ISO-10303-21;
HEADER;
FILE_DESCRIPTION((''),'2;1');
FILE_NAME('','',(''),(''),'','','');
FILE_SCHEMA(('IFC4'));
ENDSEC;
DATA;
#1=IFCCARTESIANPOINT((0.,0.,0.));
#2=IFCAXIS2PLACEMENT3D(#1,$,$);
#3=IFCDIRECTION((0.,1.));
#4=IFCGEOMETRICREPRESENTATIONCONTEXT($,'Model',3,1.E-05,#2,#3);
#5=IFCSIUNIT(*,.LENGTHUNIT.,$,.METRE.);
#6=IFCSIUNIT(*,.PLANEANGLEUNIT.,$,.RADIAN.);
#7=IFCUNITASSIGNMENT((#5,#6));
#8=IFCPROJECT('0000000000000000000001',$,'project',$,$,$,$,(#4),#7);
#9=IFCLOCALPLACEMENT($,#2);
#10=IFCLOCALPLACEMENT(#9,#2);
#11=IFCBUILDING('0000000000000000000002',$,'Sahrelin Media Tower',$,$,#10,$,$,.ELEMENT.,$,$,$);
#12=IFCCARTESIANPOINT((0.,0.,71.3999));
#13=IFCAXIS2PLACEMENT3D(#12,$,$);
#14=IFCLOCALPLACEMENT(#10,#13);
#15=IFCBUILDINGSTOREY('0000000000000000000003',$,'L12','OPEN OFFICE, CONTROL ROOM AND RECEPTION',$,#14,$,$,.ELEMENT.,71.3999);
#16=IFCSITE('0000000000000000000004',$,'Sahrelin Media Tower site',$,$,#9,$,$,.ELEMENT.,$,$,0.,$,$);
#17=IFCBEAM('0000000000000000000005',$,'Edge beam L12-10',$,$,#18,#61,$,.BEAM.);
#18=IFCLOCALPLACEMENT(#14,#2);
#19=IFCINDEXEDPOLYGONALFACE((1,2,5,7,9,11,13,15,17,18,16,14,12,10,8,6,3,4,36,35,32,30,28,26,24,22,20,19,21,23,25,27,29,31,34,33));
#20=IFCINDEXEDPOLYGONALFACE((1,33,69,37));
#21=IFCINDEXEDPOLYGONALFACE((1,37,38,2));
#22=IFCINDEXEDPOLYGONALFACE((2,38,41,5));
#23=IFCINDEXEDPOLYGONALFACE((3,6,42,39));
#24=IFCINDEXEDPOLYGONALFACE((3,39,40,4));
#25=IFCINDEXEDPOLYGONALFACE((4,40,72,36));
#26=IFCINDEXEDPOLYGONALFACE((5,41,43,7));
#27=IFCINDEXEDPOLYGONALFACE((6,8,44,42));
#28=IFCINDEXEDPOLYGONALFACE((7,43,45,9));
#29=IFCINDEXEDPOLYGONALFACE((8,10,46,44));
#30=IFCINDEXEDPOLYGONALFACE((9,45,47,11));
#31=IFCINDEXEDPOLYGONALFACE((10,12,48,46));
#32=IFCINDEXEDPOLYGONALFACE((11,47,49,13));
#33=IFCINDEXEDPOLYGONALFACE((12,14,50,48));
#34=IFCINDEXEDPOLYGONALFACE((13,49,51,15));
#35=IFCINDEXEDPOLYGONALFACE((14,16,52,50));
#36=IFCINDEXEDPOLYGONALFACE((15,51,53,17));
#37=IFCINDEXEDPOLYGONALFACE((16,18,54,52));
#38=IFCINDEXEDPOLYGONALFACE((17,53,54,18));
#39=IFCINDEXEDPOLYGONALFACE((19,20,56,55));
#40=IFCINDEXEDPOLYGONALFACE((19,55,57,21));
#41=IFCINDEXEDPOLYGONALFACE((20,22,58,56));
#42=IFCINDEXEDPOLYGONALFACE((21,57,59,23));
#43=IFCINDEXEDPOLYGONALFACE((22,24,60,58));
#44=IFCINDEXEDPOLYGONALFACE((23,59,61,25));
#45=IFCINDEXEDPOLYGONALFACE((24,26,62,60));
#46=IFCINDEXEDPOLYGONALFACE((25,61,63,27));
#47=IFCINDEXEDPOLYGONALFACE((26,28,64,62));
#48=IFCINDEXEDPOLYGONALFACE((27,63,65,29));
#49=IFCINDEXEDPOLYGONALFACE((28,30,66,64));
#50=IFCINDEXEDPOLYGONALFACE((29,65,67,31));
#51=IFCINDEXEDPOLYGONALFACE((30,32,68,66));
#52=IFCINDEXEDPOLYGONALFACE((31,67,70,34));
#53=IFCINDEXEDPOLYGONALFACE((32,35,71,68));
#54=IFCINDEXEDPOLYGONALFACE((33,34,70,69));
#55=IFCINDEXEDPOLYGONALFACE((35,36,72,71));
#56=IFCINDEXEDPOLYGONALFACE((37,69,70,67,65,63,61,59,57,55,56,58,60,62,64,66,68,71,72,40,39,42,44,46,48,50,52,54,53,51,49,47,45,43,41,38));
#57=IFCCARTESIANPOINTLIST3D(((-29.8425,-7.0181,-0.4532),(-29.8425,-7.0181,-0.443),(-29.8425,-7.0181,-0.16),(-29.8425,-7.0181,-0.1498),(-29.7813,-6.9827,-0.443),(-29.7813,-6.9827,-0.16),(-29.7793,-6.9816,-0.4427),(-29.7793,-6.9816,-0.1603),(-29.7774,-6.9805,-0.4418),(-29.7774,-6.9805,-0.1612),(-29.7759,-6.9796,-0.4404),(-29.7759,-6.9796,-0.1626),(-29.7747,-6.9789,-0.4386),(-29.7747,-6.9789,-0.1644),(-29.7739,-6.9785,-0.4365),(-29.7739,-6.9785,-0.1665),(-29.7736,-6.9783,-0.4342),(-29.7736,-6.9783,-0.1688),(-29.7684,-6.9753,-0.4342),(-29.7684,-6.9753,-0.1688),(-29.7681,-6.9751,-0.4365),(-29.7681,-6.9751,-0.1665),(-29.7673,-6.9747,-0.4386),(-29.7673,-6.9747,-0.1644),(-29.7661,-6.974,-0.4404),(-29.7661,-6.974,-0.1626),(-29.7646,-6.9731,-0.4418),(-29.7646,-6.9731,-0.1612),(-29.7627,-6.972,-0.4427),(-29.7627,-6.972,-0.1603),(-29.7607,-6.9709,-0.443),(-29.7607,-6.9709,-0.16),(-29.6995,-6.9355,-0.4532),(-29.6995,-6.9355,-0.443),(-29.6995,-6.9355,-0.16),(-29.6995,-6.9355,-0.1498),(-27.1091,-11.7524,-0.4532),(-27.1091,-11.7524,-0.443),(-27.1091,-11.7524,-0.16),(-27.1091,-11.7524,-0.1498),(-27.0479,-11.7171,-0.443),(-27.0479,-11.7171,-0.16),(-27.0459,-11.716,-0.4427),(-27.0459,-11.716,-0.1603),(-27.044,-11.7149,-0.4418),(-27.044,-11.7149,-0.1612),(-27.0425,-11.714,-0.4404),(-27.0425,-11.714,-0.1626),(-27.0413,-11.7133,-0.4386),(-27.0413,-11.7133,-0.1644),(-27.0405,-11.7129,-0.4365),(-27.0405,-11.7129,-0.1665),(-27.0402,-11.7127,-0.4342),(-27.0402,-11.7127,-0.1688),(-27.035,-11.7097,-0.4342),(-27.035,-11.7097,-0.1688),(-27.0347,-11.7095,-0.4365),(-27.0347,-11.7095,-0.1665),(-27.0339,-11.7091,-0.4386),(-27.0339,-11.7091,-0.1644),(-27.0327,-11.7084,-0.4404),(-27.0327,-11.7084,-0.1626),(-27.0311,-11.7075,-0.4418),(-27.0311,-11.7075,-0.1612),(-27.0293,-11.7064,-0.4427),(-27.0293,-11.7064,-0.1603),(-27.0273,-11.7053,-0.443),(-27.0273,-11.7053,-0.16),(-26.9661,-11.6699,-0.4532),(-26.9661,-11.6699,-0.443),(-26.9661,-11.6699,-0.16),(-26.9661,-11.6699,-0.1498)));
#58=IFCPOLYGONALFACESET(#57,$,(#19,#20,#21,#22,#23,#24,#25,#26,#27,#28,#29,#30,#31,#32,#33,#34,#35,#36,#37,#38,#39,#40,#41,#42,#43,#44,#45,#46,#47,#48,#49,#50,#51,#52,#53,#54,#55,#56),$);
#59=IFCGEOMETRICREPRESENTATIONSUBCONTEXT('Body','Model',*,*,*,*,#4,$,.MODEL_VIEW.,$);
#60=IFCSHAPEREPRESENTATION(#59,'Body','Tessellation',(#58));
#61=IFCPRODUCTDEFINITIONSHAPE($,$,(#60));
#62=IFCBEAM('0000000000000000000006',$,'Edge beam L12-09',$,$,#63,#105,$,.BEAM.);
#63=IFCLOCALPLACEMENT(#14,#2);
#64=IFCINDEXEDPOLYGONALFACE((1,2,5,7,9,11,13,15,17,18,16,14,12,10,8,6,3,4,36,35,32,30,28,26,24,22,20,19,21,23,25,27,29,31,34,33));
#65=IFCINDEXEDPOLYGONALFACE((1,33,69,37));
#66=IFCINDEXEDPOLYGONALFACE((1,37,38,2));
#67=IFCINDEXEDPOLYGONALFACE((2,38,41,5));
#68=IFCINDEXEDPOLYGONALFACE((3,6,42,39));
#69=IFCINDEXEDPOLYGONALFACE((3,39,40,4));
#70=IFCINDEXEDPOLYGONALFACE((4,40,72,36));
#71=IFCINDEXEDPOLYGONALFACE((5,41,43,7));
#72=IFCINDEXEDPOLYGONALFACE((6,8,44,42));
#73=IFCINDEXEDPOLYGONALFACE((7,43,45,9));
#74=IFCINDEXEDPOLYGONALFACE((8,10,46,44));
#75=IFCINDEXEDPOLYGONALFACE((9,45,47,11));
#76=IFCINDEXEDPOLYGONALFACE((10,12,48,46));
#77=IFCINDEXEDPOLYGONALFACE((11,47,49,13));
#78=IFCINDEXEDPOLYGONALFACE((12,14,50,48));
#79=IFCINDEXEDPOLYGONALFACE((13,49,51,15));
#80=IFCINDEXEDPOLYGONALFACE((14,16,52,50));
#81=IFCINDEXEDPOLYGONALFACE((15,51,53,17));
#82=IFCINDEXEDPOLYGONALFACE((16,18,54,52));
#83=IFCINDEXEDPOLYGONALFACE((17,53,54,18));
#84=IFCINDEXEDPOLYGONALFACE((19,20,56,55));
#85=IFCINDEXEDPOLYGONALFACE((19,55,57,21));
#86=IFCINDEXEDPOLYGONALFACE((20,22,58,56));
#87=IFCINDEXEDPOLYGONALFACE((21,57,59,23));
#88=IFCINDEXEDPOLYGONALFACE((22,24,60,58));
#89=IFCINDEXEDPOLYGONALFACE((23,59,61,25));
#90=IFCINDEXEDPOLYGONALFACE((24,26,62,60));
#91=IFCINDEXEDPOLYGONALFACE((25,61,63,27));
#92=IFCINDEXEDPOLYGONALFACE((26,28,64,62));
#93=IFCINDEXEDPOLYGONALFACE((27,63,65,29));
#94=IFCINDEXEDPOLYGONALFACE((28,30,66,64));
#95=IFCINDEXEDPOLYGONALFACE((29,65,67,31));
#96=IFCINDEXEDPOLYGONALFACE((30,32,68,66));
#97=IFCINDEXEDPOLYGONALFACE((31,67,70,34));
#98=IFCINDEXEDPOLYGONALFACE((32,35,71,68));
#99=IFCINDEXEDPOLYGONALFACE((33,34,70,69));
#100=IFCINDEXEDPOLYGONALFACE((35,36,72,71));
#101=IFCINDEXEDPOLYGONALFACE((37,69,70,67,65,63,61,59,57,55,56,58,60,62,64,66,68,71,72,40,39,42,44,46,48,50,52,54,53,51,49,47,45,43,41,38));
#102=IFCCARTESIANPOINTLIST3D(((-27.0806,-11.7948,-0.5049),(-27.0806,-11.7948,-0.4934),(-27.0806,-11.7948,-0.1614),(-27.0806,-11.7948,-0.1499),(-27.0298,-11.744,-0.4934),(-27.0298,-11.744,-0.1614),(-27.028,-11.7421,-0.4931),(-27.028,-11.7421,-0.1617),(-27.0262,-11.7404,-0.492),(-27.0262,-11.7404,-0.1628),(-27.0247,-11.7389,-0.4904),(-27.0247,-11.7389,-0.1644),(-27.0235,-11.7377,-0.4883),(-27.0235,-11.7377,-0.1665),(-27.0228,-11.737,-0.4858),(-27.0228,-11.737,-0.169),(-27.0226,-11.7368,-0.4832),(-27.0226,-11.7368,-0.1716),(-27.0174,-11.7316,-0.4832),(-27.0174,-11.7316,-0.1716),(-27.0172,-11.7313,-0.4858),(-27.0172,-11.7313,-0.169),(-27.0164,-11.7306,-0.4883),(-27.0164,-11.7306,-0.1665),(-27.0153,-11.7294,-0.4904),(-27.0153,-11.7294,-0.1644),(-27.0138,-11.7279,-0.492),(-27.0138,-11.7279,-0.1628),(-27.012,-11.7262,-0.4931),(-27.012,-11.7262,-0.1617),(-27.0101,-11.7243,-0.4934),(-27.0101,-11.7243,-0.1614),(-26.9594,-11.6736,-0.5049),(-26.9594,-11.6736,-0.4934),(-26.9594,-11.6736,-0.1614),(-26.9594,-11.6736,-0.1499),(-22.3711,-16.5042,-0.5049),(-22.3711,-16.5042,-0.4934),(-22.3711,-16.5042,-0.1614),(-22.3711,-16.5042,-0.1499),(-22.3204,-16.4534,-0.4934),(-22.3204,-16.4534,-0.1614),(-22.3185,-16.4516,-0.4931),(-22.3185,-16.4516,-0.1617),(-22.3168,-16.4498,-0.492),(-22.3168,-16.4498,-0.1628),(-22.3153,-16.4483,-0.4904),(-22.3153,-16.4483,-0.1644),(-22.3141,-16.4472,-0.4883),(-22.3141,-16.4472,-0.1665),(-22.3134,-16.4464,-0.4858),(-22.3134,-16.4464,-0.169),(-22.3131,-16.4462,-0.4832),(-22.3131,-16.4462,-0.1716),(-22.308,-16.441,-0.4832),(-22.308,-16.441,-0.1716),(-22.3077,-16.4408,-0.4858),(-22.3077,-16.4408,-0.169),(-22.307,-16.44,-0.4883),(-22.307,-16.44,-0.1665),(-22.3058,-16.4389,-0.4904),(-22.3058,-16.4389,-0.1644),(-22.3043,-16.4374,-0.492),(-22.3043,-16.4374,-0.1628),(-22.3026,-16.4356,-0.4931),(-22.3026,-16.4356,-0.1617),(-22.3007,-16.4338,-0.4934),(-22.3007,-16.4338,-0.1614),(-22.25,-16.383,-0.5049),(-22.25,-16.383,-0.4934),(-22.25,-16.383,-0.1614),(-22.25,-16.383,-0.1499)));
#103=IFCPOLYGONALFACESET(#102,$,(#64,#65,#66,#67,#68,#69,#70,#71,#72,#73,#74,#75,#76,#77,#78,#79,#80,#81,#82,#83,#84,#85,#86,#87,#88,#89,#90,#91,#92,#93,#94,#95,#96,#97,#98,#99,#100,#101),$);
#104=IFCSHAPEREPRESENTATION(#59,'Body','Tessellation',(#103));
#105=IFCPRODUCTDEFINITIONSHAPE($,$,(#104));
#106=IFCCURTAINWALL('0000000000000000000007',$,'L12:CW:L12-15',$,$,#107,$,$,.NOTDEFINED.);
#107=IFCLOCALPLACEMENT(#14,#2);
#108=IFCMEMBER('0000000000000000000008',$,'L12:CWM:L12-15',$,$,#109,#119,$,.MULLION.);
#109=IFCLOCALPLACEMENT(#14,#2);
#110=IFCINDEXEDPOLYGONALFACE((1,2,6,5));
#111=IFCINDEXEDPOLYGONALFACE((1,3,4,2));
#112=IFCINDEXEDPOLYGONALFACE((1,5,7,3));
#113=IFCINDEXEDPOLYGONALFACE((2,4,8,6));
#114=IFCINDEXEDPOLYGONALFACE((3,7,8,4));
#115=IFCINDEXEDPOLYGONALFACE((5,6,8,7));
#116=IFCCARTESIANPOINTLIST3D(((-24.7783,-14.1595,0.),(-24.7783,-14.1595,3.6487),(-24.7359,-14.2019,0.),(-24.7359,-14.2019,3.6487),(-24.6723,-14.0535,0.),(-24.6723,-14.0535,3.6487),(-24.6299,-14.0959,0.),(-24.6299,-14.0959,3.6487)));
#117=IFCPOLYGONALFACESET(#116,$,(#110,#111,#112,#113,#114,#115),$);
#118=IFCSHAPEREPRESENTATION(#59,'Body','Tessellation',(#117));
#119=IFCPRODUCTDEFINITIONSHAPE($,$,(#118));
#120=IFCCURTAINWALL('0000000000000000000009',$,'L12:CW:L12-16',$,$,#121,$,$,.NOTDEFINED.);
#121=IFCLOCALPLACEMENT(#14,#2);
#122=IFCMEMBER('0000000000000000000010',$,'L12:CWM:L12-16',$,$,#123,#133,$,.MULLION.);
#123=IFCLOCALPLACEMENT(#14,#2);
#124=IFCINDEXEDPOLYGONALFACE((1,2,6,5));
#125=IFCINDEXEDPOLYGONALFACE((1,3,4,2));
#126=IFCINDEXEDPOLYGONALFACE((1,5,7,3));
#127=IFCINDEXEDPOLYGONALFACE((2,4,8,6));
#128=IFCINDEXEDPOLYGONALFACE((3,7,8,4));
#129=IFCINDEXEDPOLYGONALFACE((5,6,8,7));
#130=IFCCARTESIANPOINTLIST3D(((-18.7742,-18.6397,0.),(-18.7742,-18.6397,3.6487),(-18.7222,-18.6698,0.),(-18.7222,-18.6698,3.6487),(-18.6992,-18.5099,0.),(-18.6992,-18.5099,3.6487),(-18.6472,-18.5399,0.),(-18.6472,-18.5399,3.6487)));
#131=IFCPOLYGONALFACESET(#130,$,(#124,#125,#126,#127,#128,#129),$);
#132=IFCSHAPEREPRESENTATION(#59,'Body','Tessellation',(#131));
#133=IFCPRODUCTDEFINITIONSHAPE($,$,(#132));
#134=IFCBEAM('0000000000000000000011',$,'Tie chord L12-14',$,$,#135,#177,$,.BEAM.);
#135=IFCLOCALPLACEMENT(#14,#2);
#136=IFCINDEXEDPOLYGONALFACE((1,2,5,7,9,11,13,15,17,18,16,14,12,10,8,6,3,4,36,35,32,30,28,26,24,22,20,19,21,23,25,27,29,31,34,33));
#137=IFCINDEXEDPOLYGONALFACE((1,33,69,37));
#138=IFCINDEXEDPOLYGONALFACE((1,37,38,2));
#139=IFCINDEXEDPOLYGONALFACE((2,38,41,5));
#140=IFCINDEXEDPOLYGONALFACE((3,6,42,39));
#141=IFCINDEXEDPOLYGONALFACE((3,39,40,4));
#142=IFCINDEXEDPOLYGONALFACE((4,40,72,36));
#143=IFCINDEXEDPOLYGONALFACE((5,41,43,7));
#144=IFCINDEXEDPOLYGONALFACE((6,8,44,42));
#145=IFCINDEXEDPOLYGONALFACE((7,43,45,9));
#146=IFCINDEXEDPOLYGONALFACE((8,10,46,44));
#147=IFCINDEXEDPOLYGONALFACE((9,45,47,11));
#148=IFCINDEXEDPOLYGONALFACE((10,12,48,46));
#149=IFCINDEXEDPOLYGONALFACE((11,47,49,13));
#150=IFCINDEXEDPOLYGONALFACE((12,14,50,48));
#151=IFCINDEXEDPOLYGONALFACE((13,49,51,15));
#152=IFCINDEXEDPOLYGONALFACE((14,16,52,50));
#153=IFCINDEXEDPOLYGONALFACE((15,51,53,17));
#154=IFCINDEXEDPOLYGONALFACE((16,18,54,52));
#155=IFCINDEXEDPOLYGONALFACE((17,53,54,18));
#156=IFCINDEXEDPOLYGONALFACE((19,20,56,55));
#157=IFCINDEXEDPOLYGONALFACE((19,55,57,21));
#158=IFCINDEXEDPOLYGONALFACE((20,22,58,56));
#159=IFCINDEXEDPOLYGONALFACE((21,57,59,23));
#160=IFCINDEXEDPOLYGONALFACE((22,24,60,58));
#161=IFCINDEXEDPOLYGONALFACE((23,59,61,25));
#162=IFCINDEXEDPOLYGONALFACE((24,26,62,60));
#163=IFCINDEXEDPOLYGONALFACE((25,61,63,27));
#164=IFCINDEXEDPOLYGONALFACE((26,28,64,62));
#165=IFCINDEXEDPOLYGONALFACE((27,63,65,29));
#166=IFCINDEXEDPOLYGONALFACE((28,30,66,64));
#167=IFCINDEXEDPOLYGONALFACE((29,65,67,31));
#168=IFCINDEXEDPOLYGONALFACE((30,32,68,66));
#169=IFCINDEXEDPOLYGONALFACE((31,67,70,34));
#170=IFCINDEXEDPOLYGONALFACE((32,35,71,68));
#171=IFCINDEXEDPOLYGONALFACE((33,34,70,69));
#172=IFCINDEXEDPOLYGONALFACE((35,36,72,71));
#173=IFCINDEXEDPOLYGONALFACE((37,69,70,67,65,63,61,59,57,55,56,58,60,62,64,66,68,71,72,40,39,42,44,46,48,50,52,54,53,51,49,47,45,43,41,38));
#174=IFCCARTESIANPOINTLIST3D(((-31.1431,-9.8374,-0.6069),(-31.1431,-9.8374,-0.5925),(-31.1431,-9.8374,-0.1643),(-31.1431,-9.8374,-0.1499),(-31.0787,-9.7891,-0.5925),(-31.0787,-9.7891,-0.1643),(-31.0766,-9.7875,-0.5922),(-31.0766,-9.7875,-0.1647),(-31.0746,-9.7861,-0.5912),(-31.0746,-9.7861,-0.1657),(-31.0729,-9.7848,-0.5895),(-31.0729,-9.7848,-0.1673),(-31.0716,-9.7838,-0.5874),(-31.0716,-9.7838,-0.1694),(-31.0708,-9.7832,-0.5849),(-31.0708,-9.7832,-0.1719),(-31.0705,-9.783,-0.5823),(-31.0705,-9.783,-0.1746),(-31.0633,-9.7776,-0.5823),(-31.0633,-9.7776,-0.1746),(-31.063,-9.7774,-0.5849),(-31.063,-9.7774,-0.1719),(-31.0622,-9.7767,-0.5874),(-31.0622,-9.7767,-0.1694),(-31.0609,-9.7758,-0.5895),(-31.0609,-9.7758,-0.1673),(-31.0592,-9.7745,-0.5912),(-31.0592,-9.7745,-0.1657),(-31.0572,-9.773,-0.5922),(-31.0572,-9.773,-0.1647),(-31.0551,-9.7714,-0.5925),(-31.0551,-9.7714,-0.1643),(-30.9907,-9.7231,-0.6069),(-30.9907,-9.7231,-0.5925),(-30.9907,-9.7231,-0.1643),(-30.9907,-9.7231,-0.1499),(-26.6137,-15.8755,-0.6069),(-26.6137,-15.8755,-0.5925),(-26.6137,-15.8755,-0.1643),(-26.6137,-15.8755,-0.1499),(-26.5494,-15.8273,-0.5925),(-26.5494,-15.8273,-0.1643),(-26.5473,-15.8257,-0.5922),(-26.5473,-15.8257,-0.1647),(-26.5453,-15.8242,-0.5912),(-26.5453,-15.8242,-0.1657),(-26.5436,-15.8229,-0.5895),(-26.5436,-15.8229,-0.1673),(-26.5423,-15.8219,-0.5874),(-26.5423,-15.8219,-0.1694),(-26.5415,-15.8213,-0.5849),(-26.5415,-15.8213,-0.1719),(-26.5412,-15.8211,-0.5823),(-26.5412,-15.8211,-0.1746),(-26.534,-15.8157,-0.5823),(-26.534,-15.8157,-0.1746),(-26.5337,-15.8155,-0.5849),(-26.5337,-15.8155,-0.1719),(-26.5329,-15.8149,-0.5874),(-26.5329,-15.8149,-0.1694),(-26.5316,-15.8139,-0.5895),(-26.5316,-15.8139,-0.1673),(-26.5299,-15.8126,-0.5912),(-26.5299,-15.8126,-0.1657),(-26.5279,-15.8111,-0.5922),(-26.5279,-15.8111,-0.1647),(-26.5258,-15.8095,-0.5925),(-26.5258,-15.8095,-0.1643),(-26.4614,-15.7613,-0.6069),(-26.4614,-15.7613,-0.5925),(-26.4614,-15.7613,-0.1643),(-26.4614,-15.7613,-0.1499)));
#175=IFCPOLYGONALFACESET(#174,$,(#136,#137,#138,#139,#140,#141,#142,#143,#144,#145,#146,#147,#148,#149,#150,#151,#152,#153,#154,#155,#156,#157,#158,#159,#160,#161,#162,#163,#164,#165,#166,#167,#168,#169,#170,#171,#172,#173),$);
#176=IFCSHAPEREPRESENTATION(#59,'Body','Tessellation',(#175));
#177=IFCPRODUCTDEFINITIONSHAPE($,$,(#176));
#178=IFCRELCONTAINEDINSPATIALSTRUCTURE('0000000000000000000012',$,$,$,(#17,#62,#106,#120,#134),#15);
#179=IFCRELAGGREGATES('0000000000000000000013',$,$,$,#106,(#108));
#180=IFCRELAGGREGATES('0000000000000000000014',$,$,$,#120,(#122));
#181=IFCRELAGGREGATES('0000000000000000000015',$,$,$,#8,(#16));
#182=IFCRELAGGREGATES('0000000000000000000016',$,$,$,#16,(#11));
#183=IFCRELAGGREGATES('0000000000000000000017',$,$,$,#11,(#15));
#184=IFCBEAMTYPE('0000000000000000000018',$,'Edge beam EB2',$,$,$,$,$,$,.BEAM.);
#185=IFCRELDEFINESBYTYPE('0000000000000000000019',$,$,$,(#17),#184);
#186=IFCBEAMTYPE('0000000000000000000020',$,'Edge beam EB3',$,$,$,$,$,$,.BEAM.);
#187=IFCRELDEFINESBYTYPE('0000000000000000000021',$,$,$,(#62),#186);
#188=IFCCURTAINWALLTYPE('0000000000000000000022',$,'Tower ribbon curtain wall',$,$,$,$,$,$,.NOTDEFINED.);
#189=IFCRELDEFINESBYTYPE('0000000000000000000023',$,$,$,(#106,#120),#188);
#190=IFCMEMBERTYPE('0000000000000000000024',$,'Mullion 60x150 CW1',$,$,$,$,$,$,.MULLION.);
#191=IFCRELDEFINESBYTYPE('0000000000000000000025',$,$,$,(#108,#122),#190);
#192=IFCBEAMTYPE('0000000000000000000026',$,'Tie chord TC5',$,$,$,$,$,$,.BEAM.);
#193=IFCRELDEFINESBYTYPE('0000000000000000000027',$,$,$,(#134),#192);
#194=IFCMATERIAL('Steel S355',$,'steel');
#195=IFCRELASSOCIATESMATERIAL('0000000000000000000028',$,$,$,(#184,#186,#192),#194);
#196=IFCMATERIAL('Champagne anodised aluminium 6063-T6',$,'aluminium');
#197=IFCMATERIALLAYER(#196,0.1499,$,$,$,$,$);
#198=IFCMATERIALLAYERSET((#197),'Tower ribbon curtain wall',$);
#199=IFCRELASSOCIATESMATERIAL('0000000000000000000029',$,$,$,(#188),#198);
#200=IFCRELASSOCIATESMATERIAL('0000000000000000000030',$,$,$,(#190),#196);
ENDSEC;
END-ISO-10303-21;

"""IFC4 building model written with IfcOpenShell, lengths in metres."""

from ifc_helpers import new_model, si_unit, direction, frame, origin, origin_2d, place, context, subcontext, project, spatial, rectangle, i_section, extrude, material, layer, layer_set, material_profile, profile_set, type_object, element, aggregate, save


model = new_model("IFC4")

# Units and contexts
model_context = context("Model", 3, precision=1e-05, world=origin(), true_north=direction((0.0, 1.0)))
body_context = subcontext(model_context, "Body", "Model", "MODEL_VIEW")
ifc_project = project(units=[si_unit("LENGTHUNIT", "METRE"), si_unit("PLANEANGLEUNIT", "RADIAN")], contexts=[model_context])

# Site, building, storey
site_placement = place(None, origin())
site = spatial("IfcSite", under=ifc_project, at=site_placement, Name="Sahrelin Media Tower site", CompositionType="ELEMENT", RefElevation=0.0)
building_placement = place(site_placement, origin())
building = spatial("IfcBuilding", under=site, at=building_placement, Name="Sahrelin Media Tower", CompositionType="ELEMENT")
storey_placement = place(building_placement, frame((0.0, 0.0, 71.3999)))
storey = spatial("IfcBuildingStorey", under=building, at=storey_placement, Name="L12", Description="OPEN OFFICE, CONTROL ROOM AND RECEPTION", CompositionType="ELEMENT", Elevation=71.3999)

# Beams
ifc_material_1 = material(Name="Steel S355", Category="steel")
ifc_material_profile_1 = material_profile(ifc_material_1, i_section(OverallWidth=0.165, OverallDepth=0.3035, WebThickness=0.0061, FlangeThickness=0.0103, FilletRadius=0.0088, at=origin_2d()), Name="UB 305x165x40")
ifc_profile_set_1 = profile_set([ifc_material_profile_1], Name="Steel S355")
beam_type_1 = type_object("IfcBeamType", Name="Edge beam EB2", PredefinedType="BEAM", material=ifc_profile_set_1)
beam_1_placement = place(storey_placement, frame((-27.0376, -11.7112, -0.3015), z_axis=(-0.500001, 0.866025, 0.0), x_axis=(-0.866025, -0.500001, 0.0)))
element("IfcBeam", 1, at=beam_1_placement, inside=storey, type_object=beam_type_1, Name="Edge beam L12-10", PredefinedType="BEAM", context=body_context, shape_type="SweptSolid", body=[
    extrude(i_section(OverallWidth=0.165, OverallDepth=0.3035, WebThickness=0.0061, FlangeThickness=0.0103, FilletRadius=0.0088, at=origin_2d()), origin(), (0.0, 0.0, 1.0), 5.4668),
])
ifc_material_profile_2 = material_profile(ifc_material_1, i_section(OverallWidth=0.1714, OverallDepth=0.355, WebThickness=0.0073, FlangeThickness=0.0115, FilletRadius=0.0103, at=origin_2d()), Name="UB 356x171x51")
ifc_profile_set_2 = profile_set([ifc_material_profile_2], Name="Steel S355")
beam_type_2 = type_object("IfcBeamType", Name="Edge beam EB3", PredefinedType="BEAM", material=ifc_profile_set_2)
beam_2_placement = place(storey_placement, frame((-22.3105, -16.4436, -0.3274), z_axis=(-0.707107, 0.707107, 0.0), x_axis=(-0.707107, -0.707107, 0.0)))
element("IfcBeam", 2, at=beam_2_placement, inside=storey, type_object=beam_type_2, Name="Edge beam L12-09", PredefinedType="BEAM", context=body_context, shape_type="SweptSolid", body=[
    extrude(i_section(OverallWidth=0.1714, OverallDepth=0.355, WebThickness=0.0073, FlangeThickness=0.0115, FilletRadius=0.0103, at=origin_2d()), origin(), (0.0, 0.0, 1.0), 6.6602),
])

# Curtain walls, members
ifc_material_2 = material(Name="Champagne anodised aluminium 6063-T6", Category="aluminium")
ifc_layer_1 = layer(ifc_material_2, 0.1499)
ifc_layer_set_1 = layer_set([ifc_layer_1], Name="Tower ribbon curtain wall")
curtain_wall_type = type_object("IfcCurtainWallType", Name="Tower ribbon curtain wall", PredefinedType="NOTDEFINED", material=ifc_layer_set_1)
curtain_wall_1_placement = place(storey_placement, frame((-24.7715, -14.1951, 0.0), z_axis=(0.0, 0.0, 1.0), x_axis=(1.0, 0.0, 0.0)))
curtain_wall_1 = element("IfcCurtainWall", 3, at=curtain_wall_1_placement, inside=storey, type_object=curtain_wall_type, Name="L12:CW:L12-15", PredefinedType="NOTDEFINED")
ifc_material_profile_3 = material_profile(ifc_material_2, rectangle(XDim=0.0601, YDim=0.1499, at=origin_2d()), Name="Mullion 60x150")
ifc_profile_set_3 = profile_set([ifc_material_profile_3], Name="Champagne anodised aluminium 6063-T6")
member_type_1 = type_object("IfcMemberType", Name="Mullion 60x150 CW1", PredefinedType="MULLION", material=ifc_profile_set_3)
member_1_placement = place(storey_placement, frame((-24.7041, -14.1277, 0.0), z_axis=(0.0, 0.0, 1.0), x_axis=(0.707107, -0.707107, 0.0)))
member_1 = element("IfcMember", 4, at=member_1_placement, type_object=member_type_1, Name="L12:CWM:L12-15", PredefinedType="MULLION", context=body_context, shape_type="SweptSolid", body=[
    extrude(rectangle(XDim=0.0601, YDim=0.1499, at=origin_2d()), origin(), (0.0, 0.0, 1.0), 3.6487),
])
curtain_wall_2_placement = place(storey_placement, frame((-18.7583, -18.6721, 0.0), z_axis=(0.0, 0.0, 1.0), x_axis=(1.0, 0.0, 0.0)))
curtain_wall_2 = element("IfcCurtainWall", 5, at=curtain_wall_2_placement, inside=storey, type_object=curtain_wall_type, Name="L12:CW:L12-16", PredefinedType="NOTDEFINED")
member_2_placement = place(storey_placement, frame((-18.7107, -18.5898, 0.0), z_axis=(0.0, 0.0, 1.0), x_axis=(0.866027, -0.499997, 0.0)))
member_2 = element("IfcMember", 6, at=member_2_placement, type_object=member_type_1, Name="L12:CWM:L12-16", PredefinedType="MULLION", context=body_context, shape_type="SweptSolid", body=[
    extrude(rectangle(XDim=0.0601, YDim=0.1499, at=origin_2d()), origin(), (0.0, 0.0, 1.0), 3.6487),
])

# Beam
ifc_material_profile_4 = material_profile(ifc_material_1, i_section(OverallWidth=0.1904, OverallDepth=0.457, WebThickness=0.009, FlangeThickness=0.0144, FilletRadius=0.0103, at=origin_2d()), Name="UB 457x191x74")
ifc_profile_set_4 = profile_set([ifc_material_profile_4], Name="Steel S355")
beam_type_3 = type_object("IfcBeamType", Name="Tie chord TC5", PredefinedType="BEAM", material=ifc_profile_set_4)
beam_3_placement = place(storey_placement, frame((-31.0669, -9.7803, -0.3784), z_axis=(0.600062, -0.799953, 0.0), x_axis=(0.799953, 0.600062, 0.0)))
element("IfcBeam", 7, at=beam_3_placement, inside=storey, type_object=beam_type_3, Name="Tie chord L12-14", PredefinedType="BEAM", context=body_context, shape_type="SweptSolid", body=[
    extrude(i_section(OverallWidth=0.1904, OverallDepth=0.457, WebThickness=0.009, FlangeThickness=0.0144, FilletRadius=0.0103, at=origin_2d()), origin(), (0.0, 0.0, 1.0), 7.5481),
])

aggregate(curtain_wall_1, [member_1])
aggregate(curtain_wall_2, [member_2])

save(model, "model.ifc")
